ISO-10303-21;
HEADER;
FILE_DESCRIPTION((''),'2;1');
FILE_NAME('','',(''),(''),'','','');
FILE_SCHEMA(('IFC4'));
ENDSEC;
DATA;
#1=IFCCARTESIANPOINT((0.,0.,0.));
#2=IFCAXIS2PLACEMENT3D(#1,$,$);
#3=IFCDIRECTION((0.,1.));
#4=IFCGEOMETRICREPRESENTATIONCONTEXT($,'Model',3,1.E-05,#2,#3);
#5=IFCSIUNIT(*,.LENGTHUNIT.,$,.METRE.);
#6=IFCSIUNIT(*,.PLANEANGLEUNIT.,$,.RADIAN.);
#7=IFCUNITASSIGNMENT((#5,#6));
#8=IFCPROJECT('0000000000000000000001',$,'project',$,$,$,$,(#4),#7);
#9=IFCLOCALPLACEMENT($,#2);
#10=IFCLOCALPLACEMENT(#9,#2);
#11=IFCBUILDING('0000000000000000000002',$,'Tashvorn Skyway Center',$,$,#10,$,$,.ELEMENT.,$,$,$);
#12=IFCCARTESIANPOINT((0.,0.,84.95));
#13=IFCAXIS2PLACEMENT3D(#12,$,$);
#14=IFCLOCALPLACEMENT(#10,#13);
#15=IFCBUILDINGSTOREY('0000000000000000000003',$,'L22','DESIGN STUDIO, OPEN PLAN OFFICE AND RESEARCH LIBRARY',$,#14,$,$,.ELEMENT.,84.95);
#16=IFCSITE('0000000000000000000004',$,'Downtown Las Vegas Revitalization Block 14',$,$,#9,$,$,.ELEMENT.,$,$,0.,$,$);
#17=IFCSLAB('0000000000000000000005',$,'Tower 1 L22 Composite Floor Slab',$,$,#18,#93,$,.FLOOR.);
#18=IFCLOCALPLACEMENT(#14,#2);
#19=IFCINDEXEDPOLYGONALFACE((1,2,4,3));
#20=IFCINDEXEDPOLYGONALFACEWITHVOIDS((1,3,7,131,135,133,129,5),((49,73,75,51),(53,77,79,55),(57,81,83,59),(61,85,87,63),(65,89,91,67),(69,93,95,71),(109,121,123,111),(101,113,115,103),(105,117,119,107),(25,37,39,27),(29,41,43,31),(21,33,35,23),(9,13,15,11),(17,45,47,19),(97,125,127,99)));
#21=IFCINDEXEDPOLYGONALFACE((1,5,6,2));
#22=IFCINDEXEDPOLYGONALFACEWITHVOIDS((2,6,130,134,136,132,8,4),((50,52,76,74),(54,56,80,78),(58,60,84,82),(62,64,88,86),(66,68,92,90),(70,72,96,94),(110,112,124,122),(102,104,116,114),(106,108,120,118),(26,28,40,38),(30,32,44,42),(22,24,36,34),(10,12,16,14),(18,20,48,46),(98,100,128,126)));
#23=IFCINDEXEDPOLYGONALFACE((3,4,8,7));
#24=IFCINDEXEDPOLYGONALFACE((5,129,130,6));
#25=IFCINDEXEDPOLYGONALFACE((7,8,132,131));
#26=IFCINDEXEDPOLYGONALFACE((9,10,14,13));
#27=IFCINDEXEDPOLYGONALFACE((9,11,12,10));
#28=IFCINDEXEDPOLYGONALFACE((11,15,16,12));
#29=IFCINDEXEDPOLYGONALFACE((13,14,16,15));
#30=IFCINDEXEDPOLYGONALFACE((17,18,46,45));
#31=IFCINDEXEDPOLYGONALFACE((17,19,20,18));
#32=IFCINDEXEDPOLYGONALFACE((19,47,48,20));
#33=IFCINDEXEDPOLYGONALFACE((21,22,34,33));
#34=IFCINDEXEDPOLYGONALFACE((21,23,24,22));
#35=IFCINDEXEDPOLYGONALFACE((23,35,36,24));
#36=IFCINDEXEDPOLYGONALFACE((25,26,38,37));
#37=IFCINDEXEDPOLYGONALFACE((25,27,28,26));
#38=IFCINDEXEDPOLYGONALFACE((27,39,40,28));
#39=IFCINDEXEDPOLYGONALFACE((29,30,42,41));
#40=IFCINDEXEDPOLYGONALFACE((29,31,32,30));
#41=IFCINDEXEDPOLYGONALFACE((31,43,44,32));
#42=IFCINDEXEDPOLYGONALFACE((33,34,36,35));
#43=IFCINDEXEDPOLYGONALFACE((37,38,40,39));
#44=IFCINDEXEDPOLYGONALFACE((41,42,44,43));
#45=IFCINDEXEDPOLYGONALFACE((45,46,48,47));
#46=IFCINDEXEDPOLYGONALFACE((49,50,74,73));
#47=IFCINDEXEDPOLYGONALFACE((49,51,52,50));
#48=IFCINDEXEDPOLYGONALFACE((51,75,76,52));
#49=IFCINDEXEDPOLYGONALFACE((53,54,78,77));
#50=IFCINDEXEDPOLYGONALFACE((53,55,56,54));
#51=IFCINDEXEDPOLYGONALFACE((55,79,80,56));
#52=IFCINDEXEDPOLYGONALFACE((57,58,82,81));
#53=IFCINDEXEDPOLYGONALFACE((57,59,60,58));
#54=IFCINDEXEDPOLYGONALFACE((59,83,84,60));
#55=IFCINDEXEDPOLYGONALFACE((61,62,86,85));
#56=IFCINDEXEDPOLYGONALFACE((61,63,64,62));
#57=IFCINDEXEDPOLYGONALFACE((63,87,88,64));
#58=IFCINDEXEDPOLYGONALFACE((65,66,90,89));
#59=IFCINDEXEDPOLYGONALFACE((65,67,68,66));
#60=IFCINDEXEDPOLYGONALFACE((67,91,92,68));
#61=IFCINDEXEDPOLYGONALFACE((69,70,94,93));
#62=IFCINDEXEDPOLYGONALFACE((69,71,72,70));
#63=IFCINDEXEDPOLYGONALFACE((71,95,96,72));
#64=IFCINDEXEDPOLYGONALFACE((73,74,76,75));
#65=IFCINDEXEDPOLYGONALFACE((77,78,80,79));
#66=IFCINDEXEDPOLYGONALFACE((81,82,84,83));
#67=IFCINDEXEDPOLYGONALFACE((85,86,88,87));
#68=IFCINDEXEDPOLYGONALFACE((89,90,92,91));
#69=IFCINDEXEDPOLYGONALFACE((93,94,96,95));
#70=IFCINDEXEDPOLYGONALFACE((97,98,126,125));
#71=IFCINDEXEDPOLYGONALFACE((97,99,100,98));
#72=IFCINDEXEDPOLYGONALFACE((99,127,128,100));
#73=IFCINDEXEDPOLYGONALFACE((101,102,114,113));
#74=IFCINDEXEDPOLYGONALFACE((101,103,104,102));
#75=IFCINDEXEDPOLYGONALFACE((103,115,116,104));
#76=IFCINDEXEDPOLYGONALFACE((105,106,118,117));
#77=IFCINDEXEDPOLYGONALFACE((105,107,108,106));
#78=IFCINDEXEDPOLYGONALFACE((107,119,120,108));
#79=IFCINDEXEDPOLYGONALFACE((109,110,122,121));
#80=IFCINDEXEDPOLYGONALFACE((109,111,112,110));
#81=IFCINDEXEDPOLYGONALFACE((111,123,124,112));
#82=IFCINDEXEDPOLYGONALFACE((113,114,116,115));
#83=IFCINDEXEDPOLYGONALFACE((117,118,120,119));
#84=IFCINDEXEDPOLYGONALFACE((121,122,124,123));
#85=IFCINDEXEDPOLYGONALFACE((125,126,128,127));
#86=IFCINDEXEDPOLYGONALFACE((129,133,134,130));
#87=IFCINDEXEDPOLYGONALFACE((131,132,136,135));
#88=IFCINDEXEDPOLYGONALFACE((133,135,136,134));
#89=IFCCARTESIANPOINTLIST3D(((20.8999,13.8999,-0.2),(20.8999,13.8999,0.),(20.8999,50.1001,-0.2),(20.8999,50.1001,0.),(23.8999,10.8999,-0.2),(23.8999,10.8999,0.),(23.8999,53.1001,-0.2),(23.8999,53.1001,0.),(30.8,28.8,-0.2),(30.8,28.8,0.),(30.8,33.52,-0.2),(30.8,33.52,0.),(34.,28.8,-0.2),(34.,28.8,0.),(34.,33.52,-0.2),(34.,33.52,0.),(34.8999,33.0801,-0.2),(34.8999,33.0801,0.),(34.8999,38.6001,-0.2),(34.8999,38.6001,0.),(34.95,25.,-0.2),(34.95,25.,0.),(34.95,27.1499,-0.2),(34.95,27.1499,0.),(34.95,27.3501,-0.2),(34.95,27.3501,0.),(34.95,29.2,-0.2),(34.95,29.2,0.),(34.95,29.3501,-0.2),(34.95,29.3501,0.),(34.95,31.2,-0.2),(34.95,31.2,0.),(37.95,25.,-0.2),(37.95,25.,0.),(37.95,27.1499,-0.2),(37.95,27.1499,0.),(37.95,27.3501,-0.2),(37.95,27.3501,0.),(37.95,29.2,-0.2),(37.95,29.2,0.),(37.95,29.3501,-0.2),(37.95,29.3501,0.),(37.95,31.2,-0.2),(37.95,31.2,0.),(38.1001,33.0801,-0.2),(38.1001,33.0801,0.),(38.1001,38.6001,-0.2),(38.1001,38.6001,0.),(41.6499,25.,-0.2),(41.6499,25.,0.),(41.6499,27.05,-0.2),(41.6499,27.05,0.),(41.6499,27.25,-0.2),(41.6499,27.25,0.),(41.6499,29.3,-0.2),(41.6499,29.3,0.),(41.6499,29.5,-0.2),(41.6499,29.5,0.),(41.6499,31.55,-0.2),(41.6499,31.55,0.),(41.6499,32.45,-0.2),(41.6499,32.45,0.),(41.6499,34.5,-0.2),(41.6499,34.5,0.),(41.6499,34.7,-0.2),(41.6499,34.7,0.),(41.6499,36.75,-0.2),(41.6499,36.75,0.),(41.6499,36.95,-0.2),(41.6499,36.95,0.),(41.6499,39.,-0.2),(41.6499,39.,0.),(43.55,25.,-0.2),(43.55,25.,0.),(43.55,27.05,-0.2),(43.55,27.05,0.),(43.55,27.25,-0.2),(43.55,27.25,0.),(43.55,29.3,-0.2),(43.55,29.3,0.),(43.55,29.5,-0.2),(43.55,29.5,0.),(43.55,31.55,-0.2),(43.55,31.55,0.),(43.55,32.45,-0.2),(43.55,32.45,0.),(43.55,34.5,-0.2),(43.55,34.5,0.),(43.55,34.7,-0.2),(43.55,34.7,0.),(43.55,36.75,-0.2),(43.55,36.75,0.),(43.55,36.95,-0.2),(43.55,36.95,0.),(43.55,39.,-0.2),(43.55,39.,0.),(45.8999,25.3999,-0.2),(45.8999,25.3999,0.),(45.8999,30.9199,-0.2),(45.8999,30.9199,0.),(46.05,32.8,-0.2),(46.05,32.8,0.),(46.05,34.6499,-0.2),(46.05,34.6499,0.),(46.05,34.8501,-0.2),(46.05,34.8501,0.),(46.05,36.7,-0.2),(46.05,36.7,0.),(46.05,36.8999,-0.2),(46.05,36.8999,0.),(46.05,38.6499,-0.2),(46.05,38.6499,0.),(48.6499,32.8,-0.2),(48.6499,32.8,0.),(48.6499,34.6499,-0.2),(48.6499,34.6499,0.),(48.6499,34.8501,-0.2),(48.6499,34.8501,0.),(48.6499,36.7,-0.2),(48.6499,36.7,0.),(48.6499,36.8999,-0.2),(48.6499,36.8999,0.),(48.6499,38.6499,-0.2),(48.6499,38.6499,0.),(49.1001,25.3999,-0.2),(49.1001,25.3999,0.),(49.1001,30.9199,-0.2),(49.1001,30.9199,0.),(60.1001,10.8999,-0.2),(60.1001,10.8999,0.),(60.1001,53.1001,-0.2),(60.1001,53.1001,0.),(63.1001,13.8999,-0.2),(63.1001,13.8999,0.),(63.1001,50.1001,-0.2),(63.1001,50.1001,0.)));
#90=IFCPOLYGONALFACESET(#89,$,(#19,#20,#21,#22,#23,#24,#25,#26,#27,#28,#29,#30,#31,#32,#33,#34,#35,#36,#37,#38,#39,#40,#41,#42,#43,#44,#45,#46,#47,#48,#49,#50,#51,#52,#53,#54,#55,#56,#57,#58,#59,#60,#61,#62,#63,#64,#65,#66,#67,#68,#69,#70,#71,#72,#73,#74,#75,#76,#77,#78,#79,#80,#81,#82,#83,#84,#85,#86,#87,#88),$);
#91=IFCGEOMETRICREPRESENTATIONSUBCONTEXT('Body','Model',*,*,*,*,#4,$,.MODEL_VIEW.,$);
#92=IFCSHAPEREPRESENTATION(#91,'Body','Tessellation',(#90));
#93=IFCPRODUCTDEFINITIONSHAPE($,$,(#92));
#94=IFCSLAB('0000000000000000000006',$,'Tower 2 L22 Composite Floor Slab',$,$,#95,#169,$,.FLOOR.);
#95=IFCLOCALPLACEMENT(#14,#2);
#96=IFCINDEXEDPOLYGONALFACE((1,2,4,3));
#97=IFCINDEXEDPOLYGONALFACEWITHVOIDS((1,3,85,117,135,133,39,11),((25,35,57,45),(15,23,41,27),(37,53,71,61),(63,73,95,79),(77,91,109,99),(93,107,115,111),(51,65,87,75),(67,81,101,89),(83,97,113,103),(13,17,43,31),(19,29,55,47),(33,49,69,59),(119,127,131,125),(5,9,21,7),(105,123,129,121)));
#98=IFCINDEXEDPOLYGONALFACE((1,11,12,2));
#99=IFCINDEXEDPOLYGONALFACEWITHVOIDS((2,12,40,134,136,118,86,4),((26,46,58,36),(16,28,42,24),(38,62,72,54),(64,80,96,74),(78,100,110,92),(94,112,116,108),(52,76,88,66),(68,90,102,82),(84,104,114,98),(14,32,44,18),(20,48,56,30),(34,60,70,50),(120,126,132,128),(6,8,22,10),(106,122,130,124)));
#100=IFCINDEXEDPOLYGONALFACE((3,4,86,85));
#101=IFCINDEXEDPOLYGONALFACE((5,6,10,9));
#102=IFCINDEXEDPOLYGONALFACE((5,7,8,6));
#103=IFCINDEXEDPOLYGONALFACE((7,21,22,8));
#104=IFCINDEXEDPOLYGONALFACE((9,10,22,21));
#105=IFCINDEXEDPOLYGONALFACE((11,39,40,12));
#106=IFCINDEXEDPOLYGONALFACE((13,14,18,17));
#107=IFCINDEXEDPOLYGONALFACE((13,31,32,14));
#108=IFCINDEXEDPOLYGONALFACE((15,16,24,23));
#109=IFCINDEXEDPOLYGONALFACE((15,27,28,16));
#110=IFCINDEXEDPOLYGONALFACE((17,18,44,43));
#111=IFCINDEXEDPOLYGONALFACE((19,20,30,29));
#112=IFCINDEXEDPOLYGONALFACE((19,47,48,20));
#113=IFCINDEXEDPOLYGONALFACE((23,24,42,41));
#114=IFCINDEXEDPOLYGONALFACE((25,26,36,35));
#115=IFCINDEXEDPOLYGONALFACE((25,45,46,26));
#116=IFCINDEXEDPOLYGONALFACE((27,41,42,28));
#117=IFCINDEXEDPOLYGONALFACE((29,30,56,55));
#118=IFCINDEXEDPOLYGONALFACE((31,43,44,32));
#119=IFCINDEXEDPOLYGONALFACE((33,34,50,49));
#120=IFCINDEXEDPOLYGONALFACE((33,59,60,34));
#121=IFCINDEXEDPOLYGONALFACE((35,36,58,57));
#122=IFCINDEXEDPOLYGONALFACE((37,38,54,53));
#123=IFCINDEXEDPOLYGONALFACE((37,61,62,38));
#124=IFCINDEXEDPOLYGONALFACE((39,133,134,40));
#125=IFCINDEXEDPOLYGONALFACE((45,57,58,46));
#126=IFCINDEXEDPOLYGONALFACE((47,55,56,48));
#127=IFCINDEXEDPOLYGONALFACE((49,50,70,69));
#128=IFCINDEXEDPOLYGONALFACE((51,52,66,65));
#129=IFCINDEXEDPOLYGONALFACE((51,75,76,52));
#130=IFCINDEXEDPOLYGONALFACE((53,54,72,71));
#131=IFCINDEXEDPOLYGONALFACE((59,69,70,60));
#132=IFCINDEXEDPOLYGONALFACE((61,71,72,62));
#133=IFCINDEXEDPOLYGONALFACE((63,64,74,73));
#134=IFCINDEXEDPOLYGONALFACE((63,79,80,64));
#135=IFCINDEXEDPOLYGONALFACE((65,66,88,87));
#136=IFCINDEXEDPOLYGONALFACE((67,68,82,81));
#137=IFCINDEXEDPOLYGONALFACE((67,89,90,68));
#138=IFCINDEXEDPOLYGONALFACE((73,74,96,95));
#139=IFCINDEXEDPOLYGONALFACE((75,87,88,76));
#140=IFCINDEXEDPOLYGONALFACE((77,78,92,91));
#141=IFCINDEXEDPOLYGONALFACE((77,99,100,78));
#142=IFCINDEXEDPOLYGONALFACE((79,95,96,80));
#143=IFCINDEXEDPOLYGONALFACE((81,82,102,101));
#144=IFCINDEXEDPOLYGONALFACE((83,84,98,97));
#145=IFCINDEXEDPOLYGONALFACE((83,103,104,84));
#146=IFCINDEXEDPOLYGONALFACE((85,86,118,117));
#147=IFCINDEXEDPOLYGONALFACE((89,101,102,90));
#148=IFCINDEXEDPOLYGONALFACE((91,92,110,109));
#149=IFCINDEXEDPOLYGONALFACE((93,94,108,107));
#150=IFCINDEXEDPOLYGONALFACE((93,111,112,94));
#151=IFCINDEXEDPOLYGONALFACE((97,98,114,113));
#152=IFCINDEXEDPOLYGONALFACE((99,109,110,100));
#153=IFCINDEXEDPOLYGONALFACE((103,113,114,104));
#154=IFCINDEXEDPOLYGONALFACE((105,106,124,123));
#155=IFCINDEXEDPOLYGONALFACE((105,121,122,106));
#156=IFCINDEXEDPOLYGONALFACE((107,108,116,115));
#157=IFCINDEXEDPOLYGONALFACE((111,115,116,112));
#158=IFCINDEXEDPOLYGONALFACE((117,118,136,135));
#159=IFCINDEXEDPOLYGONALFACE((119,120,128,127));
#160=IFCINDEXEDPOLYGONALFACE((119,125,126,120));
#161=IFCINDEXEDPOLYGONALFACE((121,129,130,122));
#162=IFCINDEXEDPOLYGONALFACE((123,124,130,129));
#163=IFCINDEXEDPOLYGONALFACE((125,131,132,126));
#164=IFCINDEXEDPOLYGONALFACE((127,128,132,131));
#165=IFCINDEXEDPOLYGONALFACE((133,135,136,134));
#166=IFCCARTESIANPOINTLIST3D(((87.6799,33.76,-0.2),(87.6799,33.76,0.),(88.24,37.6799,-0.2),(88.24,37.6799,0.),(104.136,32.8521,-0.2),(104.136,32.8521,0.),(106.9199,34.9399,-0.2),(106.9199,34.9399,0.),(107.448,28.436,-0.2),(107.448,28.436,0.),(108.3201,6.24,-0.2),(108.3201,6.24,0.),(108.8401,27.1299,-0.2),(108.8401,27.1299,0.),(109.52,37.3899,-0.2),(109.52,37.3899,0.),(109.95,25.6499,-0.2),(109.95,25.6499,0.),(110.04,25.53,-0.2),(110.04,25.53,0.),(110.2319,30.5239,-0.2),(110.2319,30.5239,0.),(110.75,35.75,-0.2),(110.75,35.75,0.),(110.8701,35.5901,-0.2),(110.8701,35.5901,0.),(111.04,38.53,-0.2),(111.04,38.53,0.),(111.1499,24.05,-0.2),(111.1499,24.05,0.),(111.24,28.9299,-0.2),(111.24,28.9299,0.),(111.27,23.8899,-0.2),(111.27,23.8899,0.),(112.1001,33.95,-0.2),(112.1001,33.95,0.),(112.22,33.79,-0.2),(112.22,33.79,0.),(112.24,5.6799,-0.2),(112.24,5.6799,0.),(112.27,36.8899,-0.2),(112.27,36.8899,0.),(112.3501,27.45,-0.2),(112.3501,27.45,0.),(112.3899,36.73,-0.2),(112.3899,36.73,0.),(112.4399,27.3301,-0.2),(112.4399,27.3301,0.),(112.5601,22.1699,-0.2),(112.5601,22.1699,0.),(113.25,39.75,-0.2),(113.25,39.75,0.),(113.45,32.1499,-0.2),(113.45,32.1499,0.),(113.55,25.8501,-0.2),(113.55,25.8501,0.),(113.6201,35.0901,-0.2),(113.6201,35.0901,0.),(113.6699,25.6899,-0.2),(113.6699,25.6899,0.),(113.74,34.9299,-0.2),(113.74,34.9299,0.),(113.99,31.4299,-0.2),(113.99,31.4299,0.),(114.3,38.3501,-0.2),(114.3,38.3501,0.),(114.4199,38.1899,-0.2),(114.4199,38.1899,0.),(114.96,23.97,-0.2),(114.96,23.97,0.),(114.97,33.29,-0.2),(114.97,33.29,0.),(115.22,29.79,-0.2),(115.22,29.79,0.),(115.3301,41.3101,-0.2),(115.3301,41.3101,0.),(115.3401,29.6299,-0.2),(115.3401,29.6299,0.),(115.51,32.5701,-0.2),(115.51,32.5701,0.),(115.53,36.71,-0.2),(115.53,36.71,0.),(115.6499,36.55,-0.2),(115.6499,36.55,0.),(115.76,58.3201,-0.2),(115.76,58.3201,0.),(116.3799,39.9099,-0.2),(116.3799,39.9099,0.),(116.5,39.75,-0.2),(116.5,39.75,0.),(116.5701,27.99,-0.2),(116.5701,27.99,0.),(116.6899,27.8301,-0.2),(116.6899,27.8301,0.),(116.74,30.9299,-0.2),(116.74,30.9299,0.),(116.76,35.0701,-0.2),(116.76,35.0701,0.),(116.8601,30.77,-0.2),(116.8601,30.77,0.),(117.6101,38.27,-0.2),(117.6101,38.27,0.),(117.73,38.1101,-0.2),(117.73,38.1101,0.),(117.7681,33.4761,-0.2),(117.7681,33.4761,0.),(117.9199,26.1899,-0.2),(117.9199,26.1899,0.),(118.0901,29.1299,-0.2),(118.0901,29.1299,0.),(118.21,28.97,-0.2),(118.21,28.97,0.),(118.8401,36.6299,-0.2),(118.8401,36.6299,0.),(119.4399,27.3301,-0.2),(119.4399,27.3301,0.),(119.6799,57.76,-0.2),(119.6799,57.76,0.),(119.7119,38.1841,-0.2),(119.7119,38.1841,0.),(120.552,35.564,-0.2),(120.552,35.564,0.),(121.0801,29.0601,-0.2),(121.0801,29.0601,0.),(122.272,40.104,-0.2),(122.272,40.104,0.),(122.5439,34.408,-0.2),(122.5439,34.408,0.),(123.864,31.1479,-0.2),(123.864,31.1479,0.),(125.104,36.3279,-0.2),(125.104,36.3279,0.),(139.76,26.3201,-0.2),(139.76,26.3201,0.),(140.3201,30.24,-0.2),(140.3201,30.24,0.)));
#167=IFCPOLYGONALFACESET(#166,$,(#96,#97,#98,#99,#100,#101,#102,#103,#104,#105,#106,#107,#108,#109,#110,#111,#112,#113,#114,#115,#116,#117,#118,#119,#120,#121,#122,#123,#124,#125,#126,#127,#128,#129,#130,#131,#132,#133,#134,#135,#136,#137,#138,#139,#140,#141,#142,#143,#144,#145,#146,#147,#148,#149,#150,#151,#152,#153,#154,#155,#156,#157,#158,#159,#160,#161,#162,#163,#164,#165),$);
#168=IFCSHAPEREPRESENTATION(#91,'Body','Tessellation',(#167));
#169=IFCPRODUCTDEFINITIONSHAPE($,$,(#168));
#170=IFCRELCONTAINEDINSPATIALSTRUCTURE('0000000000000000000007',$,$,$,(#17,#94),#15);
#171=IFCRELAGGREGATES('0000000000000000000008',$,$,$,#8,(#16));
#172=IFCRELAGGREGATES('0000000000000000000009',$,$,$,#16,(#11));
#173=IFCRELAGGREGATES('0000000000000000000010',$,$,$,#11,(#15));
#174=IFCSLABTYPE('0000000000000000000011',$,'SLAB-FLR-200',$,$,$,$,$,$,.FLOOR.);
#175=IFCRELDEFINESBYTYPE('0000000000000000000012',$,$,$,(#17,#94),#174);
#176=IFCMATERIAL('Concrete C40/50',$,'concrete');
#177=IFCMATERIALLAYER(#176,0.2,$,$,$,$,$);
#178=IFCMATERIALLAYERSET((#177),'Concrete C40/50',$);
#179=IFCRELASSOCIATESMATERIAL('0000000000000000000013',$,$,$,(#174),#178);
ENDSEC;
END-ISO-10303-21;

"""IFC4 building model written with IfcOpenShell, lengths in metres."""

from ifc_helpers import new_model, si_unit, direction, frame, origin, place, context, subcontext, project, spatial, polyline, outline, extrude, material, layer, layer_set, type_object, element, save


model = new_model("IFC4")

# Units and contexts
model_context = context("Model", 3, precision=1e-05, world=origin(), true_north=direction((0.0, 1.0)))
body_context = subcontext(model_context, "Body", "Model", "MODEL_VIEW")
ifc_project = project(units=[si_unit("LENGTHUNIT", "METRE"), si_unit("PLANEANGLEUNIT", "RADIAN")], contexts=[model_context])

# Site, building, storey
site_placement = place(None, origin())
site = spatial("IfcSite", under=ifc_project, at=site_placement, Name="Downtown Las Vegas Revitalization Block 14", CompositionType="ELEMENT", RefElevation=0.0)
building_placement = place(site_placement, origin())
building = spatial("IfcBuilding", under=site, at=building_placement, Name="Tashvorn Skyway Center", CompositionType="ELEMENT")
storey_placement = place(building_placement, frame((0.0, 0.0, 84.95)))
storey = spatial("IfcBuildingStorey", under=building, at=storey_placement, Name="L22", Description="DESIGN STUDIO, OPEN PLAN OFFICE AND RESEARCH LIBRARY", CompositionType="ELEMENT", Elevation=84.95)

# Slabs
ifc_material_1 = material(Name="Concrete C40/50", Category="concrete")
ifc_layer_1 = layer(ifc_material_1, 0.2)
ifc_layer_set_1 = layer_set([ifc_layer_1], Name="Concrete C40/50")
slab_type_1 = type_object("IfcSlabType", Name="SLAB-FLR-200", PredefinedType="FLOOR", material=ifc_layer_set_1)
slab_1_placement = place(storey_placement, frame((0.0, 0.0, -0.2)))
element("IfcSlab", 1, at=slab_1_placement, inside=storey, type_object=slab_type_1, Name="Tower 1 L22 Composite Floor Slab", PredefinedType="FLOOR", context=body_context, shape_type="SweptSolid", body=[
    extrude(outline(polyline([(23.8999, 10.8999), (60.1001, 10.8999), (63.1001, 13.8999), (63.1001, 50.1001), (60.1001, 53.1001), (23.8999, 53.1001), (20.8999, 50.1001), (20.8999, 13.8999), (23.8999, 10.8999)]), holes=[polyline([(38.1001, 33.0801), (38.1001, 38.6001), (34.8999, 38.6001), (34.8999, 33.0801), (38.1001, 33.0801)]), polyline([(45.8999, 30.9199), (45.8999, 25.3999), (49.1001, 25.3999), (49.1001, 30.9199), (45.8999, 30.9199)]), polyline([(30.8, 33.52), (30.8, 28.8), (34.0, 28.8), (34.0, 33.52), (30.8, 33.52)]), polyline([(34.95, 29.3501), (37.95, 29.3501), (37.95, 31.2), (34.95, 31.2), (34.95, 29.3501)]), polyline([(34.95, 27.3501), (37.95, 27.3501), (37.95, 29.2), (34.95, 29.2), (34.95, 27.3501)]), polyline([(34.95, 25.0), (37.95, 25.0), (37.95, 27.1499), (34.95, 27.1499), (34.95, 25.0)]), polyline([(41.6499, 25.0), (43.55, 25.0), (43.55, 27.05), (41.6499, 27.05), (41.6499, 25.0)]), polyline([(41.6499, 27.25), (43.55, 27.25), (43.55, 29.3), (41.6499, 29.3), (41.6499, 27.25)]), polyline([(41.6499, 29.5), (43.55, 29.5), (43.55, 31.55), (41.6499, 31.55), (41.6499, 29.5)]), polyline([(41.6499, 32.45), (43.55, 32.45), (43.55, 34.5), (41.6499, 34.5), (41.6499, 32.45)]), polyline([(41.6499, 34.7), (43.55, 34.7), (43.55, 36.75), (41.6499, 36.75), (41.6499, 34.7)]), polyline([(41.6499, 36.95), (43.55, 36.95), (43.55, 39.0), (41.6499, 39.0), (41.6499, 36.95)]), polyline([(46.05, 32.8), (48.6499, 32.8), (48.6499, 34.6499), (46.05, 34.6499), (46.05, 32.8)]), polyline([(46.05, 34.8501), (48.6499, 34.8501), (48.6499, 36.7), (46.05, 36.7), (46.05, 34.8501)]), polyline([(46.05, 36.8999), (48.6499, 36.8999), (48.6499, 38.6499), (46.05, 38.6499), (46.05, 36.8999)])]), origin(), (0.0, 0.0, 1.0), 0.2),
])
slab_2_placement = place(storey_placement, frame((0.0, 0.0, -0.2)))
element("IfcSlab", 2, at=slab_2_placement, inside=storey, type_object=slab_type_1, Name="Tower 2 L22 Composite Floor Slab", PredefinedType="FLOOR", context=body_context, shape_type="SweptSolid", body=[
    extrude(outline(polyline([(112.24, 5.6799), (139.76, 26.3201), (140.3201, 30.24), (119.6799, 57.76), (115.76, 58.3201), (88.24, 37.6799), (87.6799, 33.76), (108.3201, 6.24), (112.24, 5.6799)]), holes=[polyline([(110.2319, 30.5239), (106.9199, 34.9399), (104.136, 32.8521), (107.448, 28.436), (110.2319, 30.5239)]), polyline([(117.7681, 33.4761), (121.0801, 29.0601), (123.864, 31.1479), (120.552, 35.564), (117.7681, 33.4761)]), polyline([(119.7119, 38.1841), (122.5439, 34.408), (125.104, 36.3279), (122.272, 40.104), (119.7119, 38.1841)]), polyline([(109.95, 25.6499), (112.3501, 27.45), (111.24, 28.9299), (108.8401, 27.1299), (109.95, 25.6499)]), polyline([(111.1499, 24.05), (113.55, 25.8501), (112.4399, 27.3301), (110.04, 25.53), (111.1499, 24.05)]), polyline([(112.5601, 22.1699), (114.96, 23.97), (113.6699, 25.6899), (111.27, 23.8899), (112.5601, 22.1699)]), polyline([(117.9199, 26.1899), (119.4399, 27.3301), (118.21, 28.97), (116.6899, 27.8301), (117.9199, 26.1899)]), polyline([(116.5701, 27.99), (118.0901, 29.1299), (116.8601, 30.77), (115.3401, 29.6299), (116.5701, 27.99)]), polyline([(115.22, 29.79), (116.74, 30.9299), (115.51, 32.5701), (113.99, 31.4299), (115.22, 29.79)]), polyline([(113.45, 32.1499), (114.97, 33.29), (113.74, 34.9299), (112.22, 33.79), (113.45, 32.1499)]), polyline([(112.1001, 33.95), (113.6201, 35.0901), (112.3899, 36.73), (110.8701, 35.5901), (112.1001, 33.95)]), polyline([(110.75, 35.75), (112.27, 36.8899), (111.04, 38.53), (109.52, 37.3899), (110.75, 35.75)]), polyline([(116.76, 35.0701), (118.8401, 36.6299), (117.73, 38.1101), (115.6499, 36.55), (116.76, 35.0701)]), polyline([(115.53, 36.71), (117.6101, 38.27), (116.5, 39.75), (114.4199, 38.1899), (115.53, 36.71)]), polyline([(114.3, 38.3501), (116.3799, 39.9099), (115.3301, 41.3101), (113.25, 39.75), (114.3, 38.3501)])]), origin(), (0.0, 0.0, 1.0), 0.2),
])

save(model, "model.ifc")
